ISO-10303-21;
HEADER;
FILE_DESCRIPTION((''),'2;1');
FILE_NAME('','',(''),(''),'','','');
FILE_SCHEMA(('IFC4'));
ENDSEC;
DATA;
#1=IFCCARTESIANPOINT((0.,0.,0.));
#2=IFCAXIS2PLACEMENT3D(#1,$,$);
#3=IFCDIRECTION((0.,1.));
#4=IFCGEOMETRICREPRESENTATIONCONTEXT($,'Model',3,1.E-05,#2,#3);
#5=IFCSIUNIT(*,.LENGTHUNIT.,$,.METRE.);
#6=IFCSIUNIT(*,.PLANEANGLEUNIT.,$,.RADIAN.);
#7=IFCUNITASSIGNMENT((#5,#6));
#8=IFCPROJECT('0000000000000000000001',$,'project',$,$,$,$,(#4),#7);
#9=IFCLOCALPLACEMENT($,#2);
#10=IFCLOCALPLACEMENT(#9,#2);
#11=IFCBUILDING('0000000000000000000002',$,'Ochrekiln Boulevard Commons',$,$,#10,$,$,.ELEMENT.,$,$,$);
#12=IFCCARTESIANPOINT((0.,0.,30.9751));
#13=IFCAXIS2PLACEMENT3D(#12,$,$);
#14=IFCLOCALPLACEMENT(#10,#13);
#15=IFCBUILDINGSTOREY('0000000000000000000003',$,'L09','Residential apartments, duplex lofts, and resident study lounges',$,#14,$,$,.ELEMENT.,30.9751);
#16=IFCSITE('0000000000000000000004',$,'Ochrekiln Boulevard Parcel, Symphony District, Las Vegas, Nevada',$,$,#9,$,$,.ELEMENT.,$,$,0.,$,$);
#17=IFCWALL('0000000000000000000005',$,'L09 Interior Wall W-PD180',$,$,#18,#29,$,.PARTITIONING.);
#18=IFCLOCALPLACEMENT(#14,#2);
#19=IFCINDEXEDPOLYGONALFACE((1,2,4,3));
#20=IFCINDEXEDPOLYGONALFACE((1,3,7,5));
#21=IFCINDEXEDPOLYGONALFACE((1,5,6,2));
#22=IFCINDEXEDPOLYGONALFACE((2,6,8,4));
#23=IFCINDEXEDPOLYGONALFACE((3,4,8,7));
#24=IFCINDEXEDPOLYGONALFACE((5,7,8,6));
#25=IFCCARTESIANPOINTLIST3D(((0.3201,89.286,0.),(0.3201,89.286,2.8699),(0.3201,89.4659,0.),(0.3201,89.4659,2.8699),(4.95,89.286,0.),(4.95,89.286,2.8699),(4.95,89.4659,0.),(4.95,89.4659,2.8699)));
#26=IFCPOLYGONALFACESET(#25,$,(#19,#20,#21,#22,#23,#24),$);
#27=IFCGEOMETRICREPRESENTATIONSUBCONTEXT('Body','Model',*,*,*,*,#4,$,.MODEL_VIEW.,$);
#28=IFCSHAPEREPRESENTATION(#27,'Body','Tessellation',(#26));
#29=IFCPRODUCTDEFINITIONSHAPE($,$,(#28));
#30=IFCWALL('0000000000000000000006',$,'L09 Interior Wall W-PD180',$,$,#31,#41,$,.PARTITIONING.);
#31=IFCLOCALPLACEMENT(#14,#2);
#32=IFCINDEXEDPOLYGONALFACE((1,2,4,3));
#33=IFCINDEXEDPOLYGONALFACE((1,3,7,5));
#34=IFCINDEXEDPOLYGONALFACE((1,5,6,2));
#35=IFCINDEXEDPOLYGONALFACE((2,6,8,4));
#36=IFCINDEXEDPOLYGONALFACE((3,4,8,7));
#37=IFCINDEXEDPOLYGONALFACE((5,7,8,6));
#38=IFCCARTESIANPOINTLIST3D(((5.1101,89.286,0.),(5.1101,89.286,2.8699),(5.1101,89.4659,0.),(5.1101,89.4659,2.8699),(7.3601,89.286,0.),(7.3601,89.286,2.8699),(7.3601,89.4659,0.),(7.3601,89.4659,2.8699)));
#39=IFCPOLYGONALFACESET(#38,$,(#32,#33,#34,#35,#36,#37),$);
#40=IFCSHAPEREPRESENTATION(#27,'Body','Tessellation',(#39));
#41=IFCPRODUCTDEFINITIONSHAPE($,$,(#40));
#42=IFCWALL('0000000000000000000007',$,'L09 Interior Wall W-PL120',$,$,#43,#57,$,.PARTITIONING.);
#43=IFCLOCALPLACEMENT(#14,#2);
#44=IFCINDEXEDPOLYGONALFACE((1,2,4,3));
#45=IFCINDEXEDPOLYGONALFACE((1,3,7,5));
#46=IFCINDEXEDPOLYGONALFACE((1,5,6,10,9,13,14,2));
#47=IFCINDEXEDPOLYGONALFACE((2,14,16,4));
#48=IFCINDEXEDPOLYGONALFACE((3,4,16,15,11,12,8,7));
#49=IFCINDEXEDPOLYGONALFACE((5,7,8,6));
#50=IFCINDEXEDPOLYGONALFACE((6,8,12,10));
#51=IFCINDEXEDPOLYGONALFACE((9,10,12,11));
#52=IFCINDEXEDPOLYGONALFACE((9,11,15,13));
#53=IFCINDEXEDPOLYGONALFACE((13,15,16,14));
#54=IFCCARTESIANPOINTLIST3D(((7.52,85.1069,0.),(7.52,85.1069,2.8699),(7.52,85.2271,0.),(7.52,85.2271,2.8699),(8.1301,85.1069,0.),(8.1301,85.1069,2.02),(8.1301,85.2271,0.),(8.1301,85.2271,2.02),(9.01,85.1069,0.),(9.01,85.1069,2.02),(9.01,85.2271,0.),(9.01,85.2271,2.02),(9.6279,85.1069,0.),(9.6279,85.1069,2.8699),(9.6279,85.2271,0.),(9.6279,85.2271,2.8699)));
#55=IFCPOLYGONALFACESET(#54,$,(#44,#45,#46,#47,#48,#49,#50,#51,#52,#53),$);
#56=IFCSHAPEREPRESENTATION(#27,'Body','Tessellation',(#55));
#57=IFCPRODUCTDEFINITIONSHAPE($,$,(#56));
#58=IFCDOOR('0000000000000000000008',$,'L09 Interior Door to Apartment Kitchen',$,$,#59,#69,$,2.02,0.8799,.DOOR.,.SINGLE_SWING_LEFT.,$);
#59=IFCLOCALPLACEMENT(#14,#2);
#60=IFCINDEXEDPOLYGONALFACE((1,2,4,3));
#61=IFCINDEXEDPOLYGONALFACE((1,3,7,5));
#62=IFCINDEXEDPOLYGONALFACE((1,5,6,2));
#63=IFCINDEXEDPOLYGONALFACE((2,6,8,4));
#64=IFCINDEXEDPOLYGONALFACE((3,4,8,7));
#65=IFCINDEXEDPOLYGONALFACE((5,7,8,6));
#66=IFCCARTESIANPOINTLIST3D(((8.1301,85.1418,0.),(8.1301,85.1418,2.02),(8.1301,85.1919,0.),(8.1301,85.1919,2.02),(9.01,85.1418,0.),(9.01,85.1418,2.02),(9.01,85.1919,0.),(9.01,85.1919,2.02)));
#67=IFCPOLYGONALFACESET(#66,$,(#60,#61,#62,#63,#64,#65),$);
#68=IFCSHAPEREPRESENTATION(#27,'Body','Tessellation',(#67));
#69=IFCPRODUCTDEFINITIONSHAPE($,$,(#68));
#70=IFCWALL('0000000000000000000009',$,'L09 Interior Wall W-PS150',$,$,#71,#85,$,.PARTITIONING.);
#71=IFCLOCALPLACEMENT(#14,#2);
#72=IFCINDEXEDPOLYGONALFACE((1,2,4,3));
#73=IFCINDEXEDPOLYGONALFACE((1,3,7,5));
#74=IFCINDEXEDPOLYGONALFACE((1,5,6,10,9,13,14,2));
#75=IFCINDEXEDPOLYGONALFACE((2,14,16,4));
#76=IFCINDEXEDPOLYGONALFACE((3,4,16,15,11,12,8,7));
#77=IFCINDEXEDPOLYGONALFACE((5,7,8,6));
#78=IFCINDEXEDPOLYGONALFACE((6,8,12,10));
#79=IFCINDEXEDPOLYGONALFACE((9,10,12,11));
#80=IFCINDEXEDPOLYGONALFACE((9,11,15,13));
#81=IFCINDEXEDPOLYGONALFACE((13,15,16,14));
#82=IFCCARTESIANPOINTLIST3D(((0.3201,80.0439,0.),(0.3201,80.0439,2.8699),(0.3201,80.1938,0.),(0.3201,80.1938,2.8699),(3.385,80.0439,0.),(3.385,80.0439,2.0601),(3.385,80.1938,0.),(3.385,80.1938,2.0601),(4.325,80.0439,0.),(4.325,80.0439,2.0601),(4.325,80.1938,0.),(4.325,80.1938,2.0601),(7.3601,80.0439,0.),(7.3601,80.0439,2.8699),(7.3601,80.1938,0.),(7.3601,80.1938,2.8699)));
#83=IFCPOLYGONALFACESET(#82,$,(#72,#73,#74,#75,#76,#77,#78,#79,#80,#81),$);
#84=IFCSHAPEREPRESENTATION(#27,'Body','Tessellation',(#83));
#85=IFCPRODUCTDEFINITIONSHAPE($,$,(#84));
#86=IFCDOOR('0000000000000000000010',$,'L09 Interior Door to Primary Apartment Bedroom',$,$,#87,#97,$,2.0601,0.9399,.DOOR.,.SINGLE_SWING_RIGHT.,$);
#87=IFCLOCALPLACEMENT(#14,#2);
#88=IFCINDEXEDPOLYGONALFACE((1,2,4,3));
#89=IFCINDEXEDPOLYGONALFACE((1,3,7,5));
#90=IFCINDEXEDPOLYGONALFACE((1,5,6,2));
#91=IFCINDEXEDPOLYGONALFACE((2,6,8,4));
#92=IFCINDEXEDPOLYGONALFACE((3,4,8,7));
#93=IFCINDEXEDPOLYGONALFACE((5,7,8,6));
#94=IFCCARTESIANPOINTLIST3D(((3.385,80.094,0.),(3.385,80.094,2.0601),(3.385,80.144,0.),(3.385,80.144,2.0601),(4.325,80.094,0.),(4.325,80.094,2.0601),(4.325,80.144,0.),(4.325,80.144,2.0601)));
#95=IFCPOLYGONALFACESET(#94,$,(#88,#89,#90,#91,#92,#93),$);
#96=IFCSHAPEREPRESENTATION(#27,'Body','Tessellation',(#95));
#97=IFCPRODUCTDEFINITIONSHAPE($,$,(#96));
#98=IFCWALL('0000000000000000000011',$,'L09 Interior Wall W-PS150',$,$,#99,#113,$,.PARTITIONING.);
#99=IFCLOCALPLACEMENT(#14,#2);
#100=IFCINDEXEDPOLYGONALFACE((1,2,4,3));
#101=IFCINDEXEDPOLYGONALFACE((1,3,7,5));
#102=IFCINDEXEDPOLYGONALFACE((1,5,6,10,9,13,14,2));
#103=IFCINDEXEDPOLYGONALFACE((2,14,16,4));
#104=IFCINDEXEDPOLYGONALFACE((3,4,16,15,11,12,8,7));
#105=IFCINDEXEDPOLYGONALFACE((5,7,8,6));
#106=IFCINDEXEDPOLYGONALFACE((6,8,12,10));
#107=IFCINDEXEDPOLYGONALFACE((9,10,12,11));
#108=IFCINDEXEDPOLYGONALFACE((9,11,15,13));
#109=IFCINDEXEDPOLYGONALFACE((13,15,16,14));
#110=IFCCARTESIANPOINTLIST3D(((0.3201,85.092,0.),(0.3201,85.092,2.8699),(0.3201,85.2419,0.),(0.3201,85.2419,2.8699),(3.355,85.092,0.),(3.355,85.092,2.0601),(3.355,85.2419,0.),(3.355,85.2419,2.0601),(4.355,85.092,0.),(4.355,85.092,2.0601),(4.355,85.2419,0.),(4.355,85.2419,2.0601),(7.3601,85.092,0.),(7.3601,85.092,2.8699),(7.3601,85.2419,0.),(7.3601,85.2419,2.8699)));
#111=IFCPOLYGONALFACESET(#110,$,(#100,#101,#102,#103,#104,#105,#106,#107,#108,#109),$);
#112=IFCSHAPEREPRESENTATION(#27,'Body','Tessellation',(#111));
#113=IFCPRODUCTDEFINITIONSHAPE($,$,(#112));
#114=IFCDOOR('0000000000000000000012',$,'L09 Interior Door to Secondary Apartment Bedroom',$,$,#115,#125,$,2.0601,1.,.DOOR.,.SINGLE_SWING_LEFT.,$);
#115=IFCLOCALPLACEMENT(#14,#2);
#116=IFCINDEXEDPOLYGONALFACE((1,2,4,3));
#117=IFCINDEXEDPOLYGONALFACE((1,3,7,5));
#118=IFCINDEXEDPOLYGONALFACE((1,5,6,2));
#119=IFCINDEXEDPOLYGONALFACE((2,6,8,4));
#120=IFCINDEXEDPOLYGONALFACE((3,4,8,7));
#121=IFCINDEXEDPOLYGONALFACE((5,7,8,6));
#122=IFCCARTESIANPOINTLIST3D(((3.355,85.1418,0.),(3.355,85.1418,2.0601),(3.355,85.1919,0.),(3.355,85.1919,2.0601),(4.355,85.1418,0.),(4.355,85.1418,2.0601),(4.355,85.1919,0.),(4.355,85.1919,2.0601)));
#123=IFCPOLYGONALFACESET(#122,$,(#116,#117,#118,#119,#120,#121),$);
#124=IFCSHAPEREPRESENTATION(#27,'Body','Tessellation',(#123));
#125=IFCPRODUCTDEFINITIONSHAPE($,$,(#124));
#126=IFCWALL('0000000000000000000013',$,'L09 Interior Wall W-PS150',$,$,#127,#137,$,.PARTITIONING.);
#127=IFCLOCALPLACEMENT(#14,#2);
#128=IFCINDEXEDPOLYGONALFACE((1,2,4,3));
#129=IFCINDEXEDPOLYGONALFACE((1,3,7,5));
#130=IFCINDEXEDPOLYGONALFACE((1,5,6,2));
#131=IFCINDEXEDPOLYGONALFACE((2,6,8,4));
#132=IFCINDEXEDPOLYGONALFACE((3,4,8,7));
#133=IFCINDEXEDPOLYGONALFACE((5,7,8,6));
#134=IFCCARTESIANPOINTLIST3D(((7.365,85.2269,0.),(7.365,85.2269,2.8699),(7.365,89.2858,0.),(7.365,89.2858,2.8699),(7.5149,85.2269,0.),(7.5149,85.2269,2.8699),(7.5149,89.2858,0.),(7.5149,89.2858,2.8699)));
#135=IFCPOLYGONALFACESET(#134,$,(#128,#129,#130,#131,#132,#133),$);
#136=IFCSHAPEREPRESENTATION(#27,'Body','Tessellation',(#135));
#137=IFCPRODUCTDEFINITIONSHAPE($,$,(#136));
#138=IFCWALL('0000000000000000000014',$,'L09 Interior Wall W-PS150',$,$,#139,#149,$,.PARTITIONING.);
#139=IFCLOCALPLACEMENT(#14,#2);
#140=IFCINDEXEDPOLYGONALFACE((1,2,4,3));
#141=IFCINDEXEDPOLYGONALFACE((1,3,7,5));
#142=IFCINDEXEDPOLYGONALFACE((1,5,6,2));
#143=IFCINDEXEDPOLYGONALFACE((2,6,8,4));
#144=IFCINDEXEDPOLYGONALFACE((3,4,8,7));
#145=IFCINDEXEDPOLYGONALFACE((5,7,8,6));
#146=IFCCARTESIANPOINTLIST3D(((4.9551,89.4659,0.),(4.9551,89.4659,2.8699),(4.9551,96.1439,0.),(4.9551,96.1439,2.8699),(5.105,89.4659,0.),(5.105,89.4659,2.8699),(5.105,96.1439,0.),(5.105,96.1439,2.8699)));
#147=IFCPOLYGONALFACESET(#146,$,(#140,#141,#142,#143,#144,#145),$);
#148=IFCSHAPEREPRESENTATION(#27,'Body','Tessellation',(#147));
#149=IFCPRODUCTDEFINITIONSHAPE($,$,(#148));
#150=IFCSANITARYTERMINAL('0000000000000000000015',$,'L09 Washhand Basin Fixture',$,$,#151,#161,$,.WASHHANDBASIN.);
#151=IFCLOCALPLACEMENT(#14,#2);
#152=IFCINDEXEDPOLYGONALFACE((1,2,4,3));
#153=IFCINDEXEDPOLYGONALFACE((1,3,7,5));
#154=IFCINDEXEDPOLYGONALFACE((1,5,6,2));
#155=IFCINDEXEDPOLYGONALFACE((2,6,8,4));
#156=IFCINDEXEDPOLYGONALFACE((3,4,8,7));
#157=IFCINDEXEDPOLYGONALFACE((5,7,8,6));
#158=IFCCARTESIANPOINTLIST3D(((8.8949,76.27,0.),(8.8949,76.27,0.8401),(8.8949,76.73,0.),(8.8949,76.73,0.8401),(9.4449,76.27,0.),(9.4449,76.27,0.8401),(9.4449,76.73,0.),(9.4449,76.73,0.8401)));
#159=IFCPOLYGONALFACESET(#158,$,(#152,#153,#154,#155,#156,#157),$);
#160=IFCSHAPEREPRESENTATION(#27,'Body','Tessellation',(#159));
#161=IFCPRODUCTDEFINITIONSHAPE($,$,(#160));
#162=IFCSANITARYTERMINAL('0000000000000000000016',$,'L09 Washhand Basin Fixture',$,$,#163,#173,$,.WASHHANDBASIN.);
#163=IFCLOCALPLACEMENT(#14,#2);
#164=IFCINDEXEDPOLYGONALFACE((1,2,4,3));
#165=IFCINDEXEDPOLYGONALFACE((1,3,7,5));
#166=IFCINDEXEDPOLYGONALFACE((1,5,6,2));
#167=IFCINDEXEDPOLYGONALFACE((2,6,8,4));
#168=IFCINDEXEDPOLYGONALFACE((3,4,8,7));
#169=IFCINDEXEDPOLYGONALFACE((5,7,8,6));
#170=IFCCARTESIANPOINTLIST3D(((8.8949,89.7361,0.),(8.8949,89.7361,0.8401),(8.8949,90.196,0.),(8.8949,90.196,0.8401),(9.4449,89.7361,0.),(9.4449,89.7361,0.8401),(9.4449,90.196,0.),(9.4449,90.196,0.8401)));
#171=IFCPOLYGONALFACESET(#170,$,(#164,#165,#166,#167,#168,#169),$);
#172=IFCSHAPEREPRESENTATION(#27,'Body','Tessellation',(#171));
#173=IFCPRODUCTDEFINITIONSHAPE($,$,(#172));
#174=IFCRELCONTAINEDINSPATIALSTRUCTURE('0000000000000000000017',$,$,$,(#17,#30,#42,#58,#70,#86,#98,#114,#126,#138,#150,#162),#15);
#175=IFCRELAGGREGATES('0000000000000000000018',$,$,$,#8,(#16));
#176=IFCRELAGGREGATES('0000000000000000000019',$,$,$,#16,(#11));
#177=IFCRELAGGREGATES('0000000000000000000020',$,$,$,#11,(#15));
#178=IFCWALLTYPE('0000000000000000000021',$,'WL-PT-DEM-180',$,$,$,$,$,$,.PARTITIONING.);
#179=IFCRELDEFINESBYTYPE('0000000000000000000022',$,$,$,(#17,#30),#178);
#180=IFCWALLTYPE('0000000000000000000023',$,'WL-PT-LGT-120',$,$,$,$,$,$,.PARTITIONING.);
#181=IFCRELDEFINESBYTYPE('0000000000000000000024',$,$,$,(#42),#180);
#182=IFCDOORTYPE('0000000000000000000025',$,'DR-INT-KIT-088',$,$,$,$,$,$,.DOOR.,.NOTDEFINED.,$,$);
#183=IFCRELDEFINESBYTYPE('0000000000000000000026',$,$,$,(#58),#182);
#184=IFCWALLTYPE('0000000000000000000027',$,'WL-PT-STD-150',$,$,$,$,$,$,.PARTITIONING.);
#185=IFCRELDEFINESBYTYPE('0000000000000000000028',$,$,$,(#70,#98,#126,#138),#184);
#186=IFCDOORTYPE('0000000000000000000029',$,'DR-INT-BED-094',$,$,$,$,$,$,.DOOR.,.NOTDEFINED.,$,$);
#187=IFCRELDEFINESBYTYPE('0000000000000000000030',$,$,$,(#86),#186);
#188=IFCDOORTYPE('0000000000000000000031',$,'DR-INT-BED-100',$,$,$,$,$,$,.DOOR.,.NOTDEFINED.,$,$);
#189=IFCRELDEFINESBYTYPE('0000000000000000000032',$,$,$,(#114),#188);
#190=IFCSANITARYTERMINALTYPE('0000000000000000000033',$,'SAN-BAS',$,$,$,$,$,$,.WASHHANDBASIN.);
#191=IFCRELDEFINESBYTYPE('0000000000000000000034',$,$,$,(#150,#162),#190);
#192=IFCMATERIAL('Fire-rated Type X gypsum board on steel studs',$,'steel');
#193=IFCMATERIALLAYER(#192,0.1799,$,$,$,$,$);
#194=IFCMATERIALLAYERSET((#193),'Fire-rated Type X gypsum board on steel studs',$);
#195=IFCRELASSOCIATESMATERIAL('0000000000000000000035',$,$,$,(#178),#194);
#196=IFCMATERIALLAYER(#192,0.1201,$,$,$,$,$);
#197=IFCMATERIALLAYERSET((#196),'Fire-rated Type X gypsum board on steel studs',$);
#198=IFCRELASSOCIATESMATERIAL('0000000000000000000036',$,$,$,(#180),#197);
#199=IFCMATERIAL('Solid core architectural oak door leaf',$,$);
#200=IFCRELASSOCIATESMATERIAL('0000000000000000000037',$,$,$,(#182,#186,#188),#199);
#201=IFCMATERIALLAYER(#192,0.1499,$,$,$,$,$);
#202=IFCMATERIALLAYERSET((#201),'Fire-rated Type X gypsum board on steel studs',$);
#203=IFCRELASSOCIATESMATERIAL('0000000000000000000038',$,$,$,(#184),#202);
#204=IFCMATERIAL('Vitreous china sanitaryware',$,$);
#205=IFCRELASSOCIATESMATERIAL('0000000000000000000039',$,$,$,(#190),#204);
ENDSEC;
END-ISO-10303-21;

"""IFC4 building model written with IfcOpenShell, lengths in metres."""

from ifc_helpers import new_model, si_unit, direction, frame, frame_2d, origin, origin_2d, place, context, subcontext, project, spatial, rectangle, extrude, material, layer, layer_set, type_object, element, fill, save


model = new_model("IFC4")

# Units and contexts
model_context = context("Model", 3, precision=1e-05, world=origin(), true_north=direction((0.0, 1.0)))
body_context = subcontext(model_context, "Body", "Model", "MODEL_VIEW")
ifc_project = project(units=[si_unit("LENGTHUNIT", "METRE"), si_unit("PLANEANGLEUNIT", "RADIAN")], contexts=[model_context])

# Site, building, storey
site_placement = place(None, origin())
site = spatial("IfcSite", under=ifc_project, at=site_placement, Name="Ochrekiln Boulevard Parcel, Symphony District, Las Vegas, Nevada", CompositionType="ELEMENT", RefElevation=0.0)
building_placement = place(site_placement, origin())
building = spatial("IfcBuilding", under=site, at=building_placement, Name="Ochrekiln Boulevard Commons", CompositionType="ELEMENT")
storey_placement = place(building_placement, frame((0.0, 0.0, 30.9751)))
storey = spatial("IfcBuildingStorey", under=building, at=storey_placement, Name="L09", Description="Residential apartments, duplex lofts, and resident study lounges", CompositionType="ELEMENT", Elevation=30.9751)

# Shared definitions
ifc_material_1 = material(Name="Solid core architectural oak door leaf")

# Walls
ifc_material_2 = material(Name="Fire-rated Type X gypsum board on steel studs", Category="steel")
ifc_layer_1 = layer(ifc_material_2, 0.1799)
ifc_layer_set_1 = layer_set([ifc_layer_1], Name="Fire-rated Type X gypsum board on steel studs")
wall_type_1 = type_object("IfcWallType", Name="WL-PT-DEM-180", PredefinedType="PARTITIONING", material=ifc_layer_set_1)
wall_1_placement = place(storey_placement, frame((0.3201, 89.376, 0.0), z_axis=(0.0, 0.0, 1.0), x_axis=(1.0, 0.0, 0.0)))
element("IfcWall", 1, at=wall_1_placement, inside=storey, type_object=wall_type_1, Name="L09 Interior Wall W-PD180", PredefinedType="PARTITIONING", context=body_context, shape_type="SweptSolid", body=[
    extrude(rectangle(XDim=4.6299, YDim=0.1799, at=frame_2d((2.3149, 0.0))), origin(), (0.0, 0.0, 1.0), 2.8699),
])
wall_2_placement = place(storey_placement, frame((5.1101, 89.376, 0.0), z_axis=(0.0, 0.0, 1.0), x_axis=(1.0, 0.0, 0.0)))
element("IfcWall", 2, at=wall_2_placement, inside=storey, type_object=wall_type_1, Name="L09 Interior Wall W-PD180", PredefinedType="PARTITIONING", context=body_context, shape_type="SweptSolid", body=[
    extrude(rectangle(XDim=2.25, YDim=0.1799, at=frame_2d((1.125, 0.0))), origin(), (0.0, 0.0, 1.0), 2.8699),
])

# Walls, openings, doors
ifc_layer_2 = layer(ifc_material_2, 0.1201)
ifc_layer_set_2 = layer_set([ifc_layer_2], Name="Fire-rated Type X gypsum board on steel studs")
wall_type_2 = type_object("IfcWallType", Name="WL-PT-LGT-120", PredefinedType="PARTITIONING", material=ifc_layer_set_2)
wall_3_placement = place(storey_placement, frame((7.52, 85.167, 0.0), z_axis=(0.0, 0.0, 1.0), x_axis=(1.0, 0.0, 0.0)))
wall_3 = element("IfcWall", 3, at=wall_3_placement, inside=storey, type_object=wall_type_2, Name="L09 Interior Wall W-PL120", PredefinedType="PARTITIONING", context=body_context, shape_type="SweptSolid", body=[
    extrude(rectangle(XDim=2.1079, YDim=0.1201, at=frame_2d((1.054, 0.0))), origin(), (0.0, 0.0, 1.0), 2.8699),
])
opening_1_placement = place(wall_3_placement, frame((0.6101, 0.0, 0.0)))
opening_1 = element("IfcOpeningElement", 4, at=opening_1_placement, cuts=wall_3, PredefinedType="OPENING", context=body_context, shape_type="SweptSolid", body=[
    extrude(rectangle(XDim=0.8799, YDim=2.02, at=frame_2d((0.4399, 1.01))), frame((0.0, 0.0701, 0.0), z_axis=(0.0, -1.0, 0.0), x_axis=(1.0, 0.0, 0.0)), (0.0, 0.0, 1.0), 0.1401),
])
door_type_1 = type_object("IfcDoorType", Name="DR-INT-KIT-088", OperationType="NOTDEFINED", PredefinedType="DOOR", material=ifc_material_1)
door_1_placement = place(opening_1_placement, origin())
door_1 = element("IfcDoor", 5, at=door_1_placement, inside=storey, type_object=door_type_1, Name="L09 Interior Door to Apartment Kitchen", OperationType="SINGLE_SWING_LEFT", OverallHeight=2.02, OverallWidth=0.8799, PredefinedType="DOOR", context=body_context, shape_type="SweptSolid", body=[
    extrude(rectangle(XDim=0.8799, YDim=2.02, at=frame_2d((0.4399, 1.01))), frame((0.0, 0.0249, 0.0), z_axis=(0.0, -1.0, 0.0), x_axis=(1.0, 0.0, 0.0)), (0.0, 0.0, 1.0), 0.05),
])
fill(opening_1, door_1)
ifc_layer_3 = layer(ifc_material_2, 0.1499)
ifc_layer_set_3 = layer_set([ifc_layer_3], Name="Fire-rated Type X gypsum board on steel studs")
wall_type_3 = type_object("IfcWallType", Name="WL-PT-STD-150", PredefinedType="PARTITIONING", material=ifc_layer_set_3)
wall_4_placement = place(storey_placement, frame((0.3201, 80.1189, 0.0), z_axis=(0.0, 0.0, 1.0), x_axis=(1.0, 0.0, 0.0)))
wall_4 = element("IfcWall", 6, at=wall_4_placement, inside=storey, type_object=wall_type_3, Name="L09 Interior Wall W-PS150", PredefinedType="PARTITIONING", context=body_context, shape_type="SweptSolid", body=[
    extrude(rectangle(XDim=7.04, YDim=0.1499, at=frame_2d((3.52, 0.0))), origin(), (0.0, 0.0, 1.0), 2.8699),
])
opening_2_placement = place(wall_4_placement, frame((3.0649, 0.0, 0.0)))
opening_2 = element("IfcOpeningElement", 7, at=opening_2_placement, cuts=wall_4, PredefinedType="OPENING", context=body_context, shape_type="SweptSolid", body=[
    extrude(rectangle(XDim=0.9399, YDim=2.0601, at=frame_2d((0.47, 1.03))), frame((0.0, 0.085, 0.0), z_axis=(0.0, -1.0, 0.0), x_axis=(1.0, 0.0, 0.0)), (0.0, 0.0, 1.0), 0.1699),
])
door_type_2 = type_object("IfcDoorType", Name="DR-INT-BED-094", OperationType="NOTDEFINED", PredefinedType="DOOR", material=ifc_material_1)
door_2_placement = place(opening_2_placement, frame((0.9399, 0.0, 0.0), z_axis=(0.0, 0.0, 1.0), x_axis=(-1.0, 0.0, 0.0)))
door_2 = element("IfcDoor", 8, at=door_2_placement, inside=storey, type_object=door_type_2, Name="L09 Interior Door to Primary Apartment Bedroom", OperationType="SINGLE_SWING_RIGHT", OverallHeight=2.0601, OverallWidth=0.9399, PredefinedType="DOOR", context=body_context, shape_type="SweptSolid", body=[
    extrude(rectangle(XDim=0.9399, YDim=2.0601, at=frame_2d((0.47, 1.03))), frame((0.0, 0.0249, 0.0), z_axis=(0.0, -1.0, 0.0), x_axis=(1.0, 0.0, 0.0)), (0.0, 0.0, 1.0), 0.05),
])
fill(opening_2, door_2)
wall_5_placement = place(storey_placement, frame((0.3201, 85.167, 0.0), z_axis=(0.0, 0.0, 1.0), x_axis=(1.0, 0.0, 0.0)))
wall_5 = element("IfcWall", 9, at=wall_5_placement, inside=storey, type_object=wall_type_3, Name="L09 Interior Wall W-PS150", PredefinedType="PARTITIONING", context=body_context, shape_type="SweptSolid", body=[
    extrude(rectangle(XDim=7.04, YDim=0.1499, at=frame_2d((3.52, 0.0))), origin(), (0.0, 0.0, 1.0), 2.8699),
])
opening_3_placement = place(wall_5_placement, frame((3.0349, 0.0, 0.0)))
opening_3 = element("IfcOpeningElement", 10, at=opening_3_placement, cuts=wall_5, PredefinedType="OPENING", context=body_context, shape_type="SweptSolid", body=[
    extrude(rectangle(XDim=1.0, YDim=2.0601, at=frame_2d((0.5, 1.03))), frame((0.0, 0.085, 0.0), z_axis=(0.0, -1.0, 0.0), x_axis=(1.0, 0.0, 0.0)), (0.0, 0.0, 1.0), 0.1699),
])
door_type_3 = type_object("IfcDoorType", Name="DR-INT-BED-100", OperationType="NOTDEFINED", PredefinedType="DOOR", material=ifc_material_1)
door_3_placement = place(opening_3_placement, origin())
door_3 = element("IfcDoor", 11, at=door_3_placement, inside=storey, type_object=door_type_3, Name="L09 Interior Door to Secondary Apartment Bedroom", OperationType="SINGLE_SWING_LEFT", OverallHeight=2.0601, OverallWidth=1.0, PredefinedType="DOOR", context=body_context, shape_type="SweptSolid", body=[
    extrude(rectangle(XDim=1.0, YDim=2.0601, at=frame_2d((0.5, 1.03))), frame((0.0, 0.0249, 0.0), z_axis=(0.0, -1.0, 0.0), x_axis=(1.0, 0.0, 0.0)), (0.0, 0.0, 1.0), 0.05),
])
fill(opening_3, door_3)

# Walls
wall_6_placement = place(storey_placement, frame((7.4399, 85.2271, 0.0), z_axis=(0.0, 0.0, 1.0), x_axis=(0.0, 1.0, 0.0)))
element("IfcWall", 12, at=wall_6_placement, inside=storey, type_object=wall_type_3, Name="L09 Interior Wall W-PS150", PredefinedType="PARTITIONING", context=body_context, shape_type="SweptSolid", body=[
    extrude(rectangle(XDim=4.0588, YDim=0.1499, at=frame_2d((2.0293, 0.0))), origin(), (0.0, 0.0, 1.0), 2.8699),
])
wall_7_placement = place(storey_placement, frame((5.03, 89.4661, 0.0), z_axis=(0.0, 0.0, 1.0), x_axis=(0.0, 1.0, 0.0)))
element("IfcWall", 13, at=wall_7_placement, inside=storey, type_object=wall_type_3, Name="L09 Interior Wall W-PS150", PredefinedType="PARTITIONING", context=body_context, shape_type="SweptSolid", body=[
    extrude(rectangle(XDim=6.678, YDim=0.1499, at=frame_2d((3.3389, 0.0))), origin(), (0.0, 0.0, 1.0), 2.8699),
])

# Sanitary terminals
ifc_material_3 = material(Name="Vitreous china sanitaryware")
sanitary_terminal_type_1 = type_object("IfcSanitaryTerminalType", Name="SAN-BAS", PredefinedType="WASHHANDBASIN", material=ifc_material_3)
for number, where, z_axis, x_axis, name in (
    (14, (9.1699, 76.5, 0.0), (0.0, 0.0, 1.0), (1.0, 0.0, 0.0), "L09 Washhand Basin Fixture"),
    (15, (9.1699, 89.9661, 0.0), (0.0, 0.0, 1.0), (1.0, 0.0, 0.0), "L09 Washhand Basin Fixture"),
):
    element("IfcSanitaryTerminal", number, at=place(storey_placement, frame(where, z_axis=z_axis, x_axis=x_axis)), inside=storey, type_object=sanitary_terminal_type_1, Name=name, PredefinedType="WASHHANDBASIN", context=body_context, shape_type="SweptSolid", body=[
        extrude(rectangle(XDim=0.55, YDim=0.46, at=origin_2d()), origin(), (0.0, 0.0, 1.0), 0.8401),
    ])

save(model, "model.ifc")
